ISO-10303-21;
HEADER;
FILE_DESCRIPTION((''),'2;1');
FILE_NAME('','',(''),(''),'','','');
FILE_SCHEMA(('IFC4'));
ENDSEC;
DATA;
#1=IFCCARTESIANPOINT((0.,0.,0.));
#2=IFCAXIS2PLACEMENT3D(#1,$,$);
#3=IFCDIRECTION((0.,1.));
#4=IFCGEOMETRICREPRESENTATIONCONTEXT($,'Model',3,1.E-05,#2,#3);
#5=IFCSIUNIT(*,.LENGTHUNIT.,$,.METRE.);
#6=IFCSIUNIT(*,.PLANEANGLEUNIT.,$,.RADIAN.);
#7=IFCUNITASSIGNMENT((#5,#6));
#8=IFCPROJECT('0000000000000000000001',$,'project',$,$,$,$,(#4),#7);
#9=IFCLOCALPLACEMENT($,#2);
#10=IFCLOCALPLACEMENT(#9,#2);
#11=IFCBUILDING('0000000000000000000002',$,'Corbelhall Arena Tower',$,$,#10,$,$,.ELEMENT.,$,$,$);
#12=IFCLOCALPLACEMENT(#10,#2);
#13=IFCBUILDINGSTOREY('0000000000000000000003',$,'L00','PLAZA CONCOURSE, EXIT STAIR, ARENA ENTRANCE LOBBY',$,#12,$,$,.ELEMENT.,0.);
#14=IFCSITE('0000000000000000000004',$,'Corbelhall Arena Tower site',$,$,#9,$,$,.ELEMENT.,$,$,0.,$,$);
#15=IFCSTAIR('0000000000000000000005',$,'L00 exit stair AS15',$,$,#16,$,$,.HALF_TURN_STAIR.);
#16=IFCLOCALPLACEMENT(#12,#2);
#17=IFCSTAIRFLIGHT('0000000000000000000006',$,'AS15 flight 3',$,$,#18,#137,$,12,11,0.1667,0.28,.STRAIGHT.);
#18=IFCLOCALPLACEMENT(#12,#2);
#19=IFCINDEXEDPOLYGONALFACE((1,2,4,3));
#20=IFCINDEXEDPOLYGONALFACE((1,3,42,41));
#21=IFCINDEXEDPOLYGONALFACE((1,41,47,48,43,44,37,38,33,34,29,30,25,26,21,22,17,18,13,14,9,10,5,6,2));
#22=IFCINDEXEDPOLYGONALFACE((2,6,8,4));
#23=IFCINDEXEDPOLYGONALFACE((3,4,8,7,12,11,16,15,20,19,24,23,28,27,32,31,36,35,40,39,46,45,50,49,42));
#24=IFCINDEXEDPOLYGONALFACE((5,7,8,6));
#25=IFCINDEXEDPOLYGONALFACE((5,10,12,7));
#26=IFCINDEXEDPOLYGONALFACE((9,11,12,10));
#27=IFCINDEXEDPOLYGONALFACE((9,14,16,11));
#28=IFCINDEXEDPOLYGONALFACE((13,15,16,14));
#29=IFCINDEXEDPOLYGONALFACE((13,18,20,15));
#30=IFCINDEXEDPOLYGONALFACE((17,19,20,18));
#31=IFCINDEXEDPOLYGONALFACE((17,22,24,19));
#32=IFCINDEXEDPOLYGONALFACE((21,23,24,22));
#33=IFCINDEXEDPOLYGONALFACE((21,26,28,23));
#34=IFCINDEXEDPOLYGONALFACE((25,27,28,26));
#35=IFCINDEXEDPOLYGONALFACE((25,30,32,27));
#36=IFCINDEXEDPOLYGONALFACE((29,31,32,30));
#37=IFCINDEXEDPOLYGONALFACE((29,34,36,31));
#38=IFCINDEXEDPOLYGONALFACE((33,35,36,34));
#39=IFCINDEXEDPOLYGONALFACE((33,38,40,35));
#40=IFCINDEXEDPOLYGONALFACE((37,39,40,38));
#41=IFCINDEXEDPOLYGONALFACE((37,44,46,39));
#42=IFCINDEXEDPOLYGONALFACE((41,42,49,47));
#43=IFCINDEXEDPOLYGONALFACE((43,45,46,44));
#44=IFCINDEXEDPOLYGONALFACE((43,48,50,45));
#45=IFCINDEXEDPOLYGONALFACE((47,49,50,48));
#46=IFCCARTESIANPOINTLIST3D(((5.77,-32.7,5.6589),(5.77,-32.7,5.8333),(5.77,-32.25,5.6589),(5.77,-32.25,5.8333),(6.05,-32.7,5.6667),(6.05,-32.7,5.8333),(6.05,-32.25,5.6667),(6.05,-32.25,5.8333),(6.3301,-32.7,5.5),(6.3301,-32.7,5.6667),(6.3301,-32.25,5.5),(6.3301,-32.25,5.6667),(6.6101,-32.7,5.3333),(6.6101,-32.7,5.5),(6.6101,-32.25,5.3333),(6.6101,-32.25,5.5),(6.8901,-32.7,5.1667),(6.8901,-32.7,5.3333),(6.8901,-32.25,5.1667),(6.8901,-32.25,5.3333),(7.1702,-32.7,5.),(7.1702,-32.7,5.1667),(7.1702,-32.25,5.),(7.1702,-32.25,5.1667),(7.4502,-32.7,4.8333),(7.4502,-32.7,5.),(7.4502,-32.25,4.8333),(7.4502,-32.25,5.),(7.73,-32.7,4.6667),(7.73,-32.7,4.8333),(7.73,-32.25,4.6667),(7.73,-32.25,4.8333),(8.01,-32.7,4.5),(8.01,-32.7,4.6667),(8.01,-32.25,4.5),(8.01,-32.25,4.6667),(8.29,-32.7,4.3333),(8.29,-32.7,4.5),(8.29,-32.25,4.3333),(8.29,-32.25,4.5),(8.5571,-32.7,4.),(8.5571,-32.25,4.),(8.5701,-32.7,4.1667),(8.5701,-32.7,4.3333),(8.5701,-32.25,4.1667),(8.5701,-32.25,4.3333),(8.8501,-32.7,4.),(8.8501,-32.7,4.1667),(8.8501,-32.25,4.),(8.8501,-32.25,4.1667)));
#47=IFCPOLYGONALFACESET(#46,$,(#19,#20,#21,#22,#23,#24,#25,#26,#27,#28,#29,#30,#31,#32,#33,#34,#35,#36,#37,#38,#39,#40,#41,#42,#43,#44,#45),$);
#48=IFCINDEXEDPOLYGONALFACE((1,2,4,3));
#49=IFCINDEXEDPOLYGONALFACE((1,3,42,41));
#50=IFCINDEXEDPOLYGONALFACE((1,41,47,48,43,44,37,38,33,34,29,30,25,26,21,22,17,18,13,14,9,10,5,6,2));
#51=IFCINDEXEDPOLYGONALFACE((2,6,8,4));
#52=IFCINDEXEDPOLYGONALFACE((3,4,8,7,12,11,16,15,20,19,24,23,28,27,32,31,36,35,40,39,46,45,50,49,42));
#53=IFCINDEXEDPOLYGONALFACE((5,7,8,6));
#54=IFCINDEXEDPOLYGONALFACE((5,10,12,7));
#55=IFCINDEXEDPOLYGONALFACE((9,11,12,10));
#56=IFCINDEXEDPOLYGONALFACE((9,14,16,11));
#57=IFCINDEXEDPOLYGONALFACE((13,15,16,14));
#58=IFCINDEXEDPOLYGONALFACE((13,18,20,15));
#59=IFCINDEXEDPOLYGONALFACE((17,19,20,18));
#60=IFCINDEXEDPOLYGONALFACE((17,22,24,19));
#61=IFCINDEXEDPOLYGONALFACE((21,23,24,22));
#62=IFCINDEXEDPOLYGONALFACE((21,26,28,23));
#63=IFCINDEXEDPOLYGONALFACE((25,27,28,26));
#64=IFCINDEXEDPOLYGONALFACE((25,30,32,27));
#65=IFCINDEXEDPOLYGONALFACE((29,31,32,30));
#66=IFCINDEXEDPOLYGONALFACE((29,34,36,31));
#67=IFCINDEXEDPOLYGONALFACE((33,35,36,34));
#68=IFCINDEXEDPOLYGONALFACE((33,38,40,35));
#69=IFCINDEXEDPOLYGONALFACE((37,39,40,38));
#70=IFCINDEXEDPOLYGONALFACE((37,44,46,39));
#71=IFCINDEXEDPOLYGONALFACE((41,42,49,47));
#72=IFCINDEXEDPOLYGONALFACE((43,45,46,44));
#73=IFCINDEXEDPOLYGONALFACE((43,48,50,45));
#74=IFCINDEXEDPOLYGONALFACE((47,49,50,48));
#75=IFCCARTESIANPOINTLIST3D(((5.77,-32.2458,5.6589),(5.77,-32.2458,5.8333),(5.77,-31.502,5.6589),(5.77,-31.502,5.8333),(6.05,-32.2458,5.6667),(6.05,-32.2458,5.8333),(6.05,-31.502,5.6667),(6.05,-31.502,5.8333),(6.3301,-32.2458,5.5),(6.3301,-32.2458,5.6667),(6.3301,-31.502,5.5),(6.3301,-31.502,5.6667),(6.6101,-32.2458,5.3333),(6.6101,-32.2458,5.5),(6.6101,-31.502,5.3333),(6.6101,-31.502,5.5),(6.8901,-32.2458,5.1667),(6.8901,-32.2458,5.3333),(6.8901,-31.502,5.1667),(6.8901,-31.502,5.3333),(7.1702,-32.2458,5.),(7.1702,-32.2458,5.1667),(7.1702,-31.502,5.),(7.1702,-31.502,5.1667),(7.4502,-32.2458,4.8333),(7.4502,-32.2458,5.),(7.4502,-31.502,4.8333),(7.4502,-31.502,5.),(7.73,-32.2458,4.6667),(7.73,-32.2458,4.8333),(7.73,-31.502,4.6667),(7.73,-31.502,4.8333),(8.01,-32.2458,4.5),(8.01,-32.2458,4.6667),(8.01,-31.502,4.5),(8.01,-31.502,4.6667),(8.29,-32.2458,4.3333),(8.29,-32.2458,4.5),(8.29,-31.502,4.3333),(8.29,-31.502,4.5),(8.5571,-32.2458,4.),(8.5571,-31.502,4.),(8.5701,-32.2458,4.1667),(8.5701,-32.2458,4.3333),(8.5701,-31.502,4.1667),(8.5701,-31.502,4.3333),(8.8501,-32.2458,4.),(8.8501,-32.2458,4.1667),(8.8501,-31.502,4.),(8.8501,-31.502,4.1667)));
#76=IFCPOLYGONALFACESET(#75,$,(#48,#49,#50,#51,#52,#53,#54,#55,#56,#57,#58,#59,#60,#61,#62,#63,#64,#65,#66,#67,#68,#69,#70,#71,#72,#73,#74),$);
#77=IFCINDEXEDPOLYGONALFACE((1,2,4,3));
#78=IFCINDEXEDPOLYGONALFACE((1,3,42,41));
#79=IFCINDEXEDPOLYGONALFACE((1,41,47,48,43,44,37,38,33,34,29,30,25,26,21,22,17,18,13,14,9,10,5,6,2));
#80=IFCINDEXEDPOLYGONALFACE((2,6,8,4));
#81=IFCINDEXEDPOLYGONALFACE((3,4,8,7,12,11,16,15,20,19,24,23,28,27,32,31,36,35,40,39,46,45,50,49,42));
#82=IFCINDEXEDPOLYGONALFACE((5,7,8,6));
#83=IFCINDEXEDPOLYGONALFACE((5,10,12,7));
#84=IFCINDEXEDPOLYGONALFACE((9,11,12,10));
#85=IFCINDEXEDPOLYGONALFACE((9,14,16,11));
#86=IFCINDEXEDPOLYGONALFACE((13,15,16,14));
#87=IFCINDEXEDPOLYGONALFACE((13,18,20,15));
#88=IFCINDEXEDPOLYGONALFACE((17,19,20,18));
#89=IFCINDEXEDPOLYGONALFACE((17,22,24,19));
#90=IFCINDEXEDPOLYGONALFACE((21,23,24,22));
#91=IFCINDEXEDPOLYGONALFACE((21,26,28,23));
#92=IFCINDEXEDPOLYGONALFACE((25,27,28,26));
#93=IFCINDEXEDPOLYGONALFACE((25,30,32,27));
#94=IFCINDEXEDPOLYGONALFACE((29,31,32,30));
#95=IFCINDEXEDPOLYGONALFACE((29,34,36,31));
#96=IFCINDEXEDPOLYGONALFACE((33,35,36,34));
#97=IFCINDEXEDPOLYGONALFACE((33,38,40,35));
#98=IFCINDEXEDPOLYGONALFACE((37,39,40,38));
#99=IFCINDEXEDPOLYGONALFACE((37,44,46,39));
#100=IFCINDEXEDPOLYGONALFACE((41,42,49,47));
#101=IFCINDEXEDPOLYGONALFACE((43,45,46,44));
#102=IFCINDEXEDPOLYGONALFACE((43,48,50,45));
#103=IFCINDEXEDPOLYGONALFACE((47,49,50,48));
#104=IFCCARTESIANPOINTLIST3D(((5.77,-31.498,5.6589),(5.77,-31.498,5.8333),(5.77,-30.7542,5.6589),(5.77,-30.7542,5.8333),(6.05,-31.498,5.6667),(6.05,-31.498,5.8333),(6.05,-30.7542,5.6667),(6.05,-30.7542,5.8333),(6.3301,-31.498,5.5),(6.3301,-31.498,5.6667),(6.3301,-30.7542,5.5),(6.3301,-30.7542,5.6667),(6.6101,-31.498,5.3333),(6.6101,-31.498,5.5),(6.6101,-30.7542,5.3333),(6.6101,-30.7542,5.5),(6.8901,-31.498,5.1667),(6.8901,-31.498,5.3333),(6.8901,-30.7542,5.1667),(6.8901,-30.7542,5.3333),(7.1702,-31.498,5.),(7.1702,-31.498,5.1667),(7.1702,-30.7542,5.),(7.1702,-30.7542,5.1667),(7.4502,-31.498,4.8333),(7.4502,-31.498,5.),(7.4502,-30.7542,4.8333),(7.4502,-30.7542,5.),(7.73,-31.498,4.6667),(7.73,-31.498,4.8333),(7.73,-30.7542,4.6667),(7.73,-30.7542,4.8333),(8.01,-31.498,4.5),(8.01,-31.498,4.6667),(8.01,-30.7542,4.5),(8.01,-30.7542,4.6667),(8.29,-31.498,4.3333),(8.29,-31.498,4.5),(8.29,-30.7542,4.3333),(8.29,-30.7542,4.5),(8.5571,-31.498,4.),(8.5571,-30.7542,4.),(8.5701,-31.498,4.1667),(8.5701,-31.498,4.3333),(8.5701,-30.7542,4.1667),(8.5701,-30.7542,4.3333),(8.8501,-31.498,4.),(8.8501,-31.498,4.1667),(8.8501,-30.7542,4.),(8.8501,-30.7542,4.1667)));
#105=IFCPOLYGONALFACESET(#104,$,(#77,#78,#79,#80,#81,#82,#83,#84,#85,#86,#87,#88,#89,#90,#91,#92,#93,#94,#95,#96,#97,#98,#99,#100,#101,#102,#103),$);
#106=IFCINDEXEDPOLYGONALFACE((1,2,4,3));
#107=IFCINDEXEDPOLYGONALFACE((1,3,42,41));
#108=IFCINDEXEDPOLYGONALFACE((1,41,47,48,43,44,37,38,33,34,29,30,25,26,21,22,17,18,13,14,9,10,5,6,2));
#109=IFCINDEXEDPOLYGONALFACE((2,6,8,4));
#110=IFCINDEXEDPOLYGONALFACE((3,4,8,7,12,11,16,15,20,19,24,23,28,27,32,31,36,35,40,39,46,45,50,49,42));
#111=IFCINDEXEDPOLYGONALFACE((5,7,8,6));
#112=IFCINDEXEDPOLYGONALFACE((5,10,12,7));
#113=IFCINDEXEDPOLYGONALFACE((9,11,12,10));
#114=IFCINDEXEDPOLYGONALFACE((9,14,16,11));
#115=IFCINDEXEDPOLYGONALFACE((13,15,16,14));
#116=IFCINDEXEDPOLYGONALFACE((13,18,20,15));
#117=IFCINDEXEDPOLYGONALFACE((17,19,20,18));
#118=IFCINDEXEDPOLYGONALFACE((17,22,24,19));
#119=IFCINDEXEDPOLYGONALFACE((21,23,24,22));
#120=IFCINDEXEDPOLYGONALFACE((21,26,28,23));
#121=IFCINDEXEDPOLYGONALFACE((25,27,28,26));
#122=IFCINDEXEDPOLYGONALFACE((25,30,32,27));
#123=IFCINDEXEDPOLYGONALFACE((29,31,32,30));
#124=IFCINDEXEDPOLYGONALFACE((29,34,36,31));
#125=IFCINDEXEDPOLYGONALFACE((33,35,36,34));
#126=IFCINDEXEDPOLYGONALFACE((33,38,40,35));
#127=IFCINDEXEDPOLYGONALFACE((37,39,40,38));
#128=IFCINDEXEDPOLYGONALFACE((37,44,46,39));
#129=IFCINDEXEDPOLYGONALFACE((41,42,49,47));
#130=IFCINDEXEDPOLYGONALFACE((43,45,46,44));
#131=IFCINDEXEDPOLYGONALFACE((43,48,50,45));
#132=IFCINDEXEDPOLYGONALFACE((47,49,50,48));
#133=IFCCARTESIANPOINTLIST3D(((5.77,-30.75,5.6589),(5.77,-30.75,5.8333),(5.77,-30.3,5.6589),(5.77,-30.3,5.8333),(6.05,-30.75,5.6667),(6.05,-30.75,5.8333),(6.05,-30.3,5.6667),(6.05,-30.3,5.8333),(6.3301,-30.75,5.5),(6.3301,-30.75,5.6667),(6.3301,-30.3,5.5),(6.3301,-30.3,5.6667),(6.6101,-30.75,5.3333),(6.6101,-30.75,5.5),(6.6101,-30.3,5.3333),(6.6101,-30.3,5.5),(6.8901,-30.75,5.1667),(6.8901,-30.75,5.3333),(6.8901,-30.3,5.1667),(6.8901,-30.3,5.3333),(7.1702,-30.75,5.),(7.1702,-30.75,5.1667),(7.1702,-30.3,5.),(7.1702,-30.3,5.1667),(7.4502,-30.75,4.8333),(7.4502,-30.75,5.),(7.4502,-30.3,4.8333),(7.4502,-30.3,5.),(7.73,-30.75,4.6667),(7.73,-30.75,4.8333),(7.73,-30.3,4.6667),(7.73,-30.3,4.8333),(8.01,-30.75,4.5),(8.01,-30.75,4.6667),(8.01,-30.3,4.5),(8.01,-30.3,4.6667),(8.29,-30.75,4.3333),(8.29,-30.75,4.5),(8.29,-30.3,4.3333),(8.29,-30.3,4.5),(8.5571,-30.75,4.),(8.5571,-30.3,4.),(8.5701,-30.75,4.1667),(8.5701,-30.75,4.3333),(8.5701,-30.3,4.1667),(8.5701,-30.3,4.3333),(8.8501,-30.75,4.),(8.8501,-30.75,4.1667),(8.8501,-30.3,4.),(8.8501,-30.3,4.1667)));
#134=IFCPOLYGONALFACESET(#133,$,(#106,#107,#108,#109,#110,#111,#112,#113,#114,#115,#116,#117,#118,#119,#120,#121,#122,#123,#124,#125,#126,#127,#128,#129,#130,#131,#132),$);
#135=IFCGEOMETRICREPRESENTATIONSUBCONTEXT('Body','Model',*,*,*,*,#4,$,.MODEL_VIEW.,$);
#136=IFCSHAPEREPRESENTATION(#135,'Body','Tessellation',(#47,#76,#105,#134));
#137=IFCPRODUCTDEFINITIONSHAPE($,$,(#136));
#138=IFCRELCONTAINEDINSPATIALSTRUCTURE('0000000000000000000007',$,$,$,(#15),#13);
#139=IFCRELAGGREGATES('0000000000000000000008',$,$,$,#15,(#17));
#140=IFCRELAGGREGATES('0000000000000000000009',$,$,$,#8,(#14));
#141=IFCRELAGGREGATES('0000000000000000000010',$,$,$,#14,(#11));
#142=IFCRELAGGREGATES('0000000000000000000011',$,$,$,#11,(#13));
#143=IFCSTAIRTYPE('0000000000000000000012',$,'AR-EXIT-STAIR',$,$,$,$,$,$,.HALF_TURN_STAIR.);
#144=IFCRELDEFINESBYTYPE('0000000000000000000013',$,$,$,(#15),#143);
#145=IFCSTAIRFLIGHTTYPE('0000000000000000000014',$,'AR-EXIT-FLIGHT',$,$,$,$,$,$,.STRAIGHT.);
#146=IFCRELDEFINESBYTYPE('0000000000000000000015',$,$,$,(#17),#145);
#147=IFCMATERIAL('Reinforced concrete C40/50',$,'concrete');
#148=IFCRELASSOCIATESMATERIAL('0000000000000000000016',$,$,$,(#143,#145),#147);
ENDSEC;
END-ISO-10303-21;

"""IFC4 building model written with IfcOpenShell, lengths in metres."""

from ifc_helpers import new_model, si_unit, direction, frame, origin, place, context, subcontext, project, spatial, polyline, outline, extrude, material, type_object, element, aggregate, save


model = new_model("IFC4")

# Units and contexts
model_context = context("Model", 3, precision=1e-05, world=origin(), true_north=direction((0.0, 1.0)))
body_context = subcontext(model_context, "Body", "Model", "MODEL_VIEW")
ifc_project = project(units=[si_unit("LENGTHUNIT", "METRE"), si_unit("PLANEANGLEUNIT", "RADIAN")], contexts=[model_context])

# Site, building, storey
site_placement = place(None, origin())
site = spatial("IfcSite", under=ifc_project, at=site_placement, Name="Corbelhall Arena Tower site", CompositionType="ELEMENT", RefElevation=0.0)
building_placement = place(site_placement, origin())
building = spatial("IfcBuilding", under=site, at=building_placement, Name="Corbelhall Arena Tower", CompositionType="ELEMENT")
storey_placement = place(building_placement, origin())
storey = spatial("IfcBuildingStorey", under=building, at=storey_placement, Name="L00", Description="PLAZA CONCOURSE, EXIT STAIR, ARENA ENTRANCE LOBBY", CompositionType="ELEMENT", Elevation=0.0)

# Shared definitions
ifc_material_1 = material(Name="Reinforced concrete C40/50", Category="concrete")

# Stair, stair flight
stair_type = type_object("IfcStairType", Name="AR-EXIT-STAIR", PredefinedType="HALF_TURN_STAIR", material=ifc_material_1)
stair_placement = place(storey_placement, origin())
stair = element("IfcStair", 1, at=stair_placement, inside=storey, type_object=stair_type, Name="L00 exit stair AS15", PredefinedType="HALF_TURN_STAIR")
stair_flight_type = type_object("IfcStairFlightType", Name="AR-EXIT-FLIGHT", PredefinedType="STRAIGHT", material=ifc_material_1)
stair_flight_1_placement = place(storey_placement, frame((8.8501, -31.5, 4.0), z_axis=(0.0, 0.0, 1.0), x_axis=(-1.0, 0.0, 0.0)))
stair_flight_1 = element("IfcStairFlight", 2, at=stair_flight_1_placement, type_object=stair_flight_type, Name="AS15 flight 3", NumberOfRisers=12, NumberOfTreads=11, PredefinedType="STRAIGHT", RiserHeight=0.1667, TreadLength=0.28, context=body_context, shape_type="SweptSolid", body=[
    extrude(outline(polyline([(0.0, 0.0), (0.0, 0.1667), (0.28, 0.1667), (0.28, 0.3333), (0.5601, 0.3333), (0.5601, 0.5), (0.8401, 0.5), (0.8401, 0.6667), (1.1201, 0.6667), (1.1201, 0.8333), (1.3999, 0.8333), (1.3999, 1.0), (1.6799, 1.0), (1.6799, 1.1667), (1.96, 1.1667), (1.96, 1.3333), (2.24, 1.3333), (2.24, 1.5), (2.52, 1.5), (2.52, 1.6667), (2.8, 1.6667), (2.8, 1.8333), (3.0801, 1.8333), (3.0801, 2.0), (3.0801, 1.6589), (0.293, 0.0), (0.0, 0.0)])), frame((0.0, 1.2, 0.0), z_axis=(0.0, -1.0, 0.0), x_axis=(1.0, 0.0, 0.0)), (0.0, 0.0, 1.0), 0.45),
    extrude(outline(polyline([(0.0, 0.0), (0.0, 0.1667), (0.28, 0.1667), (0.28, 0.3333), (0.5601, 0.3333), (0.5601, 0.5), (0.8401, 0.5), (0.8401, 0.6667), (1.1201, 0.6667), (1.1201, 0.8333), (1.3999, 0.8333), (1.3999, 1.0), (1.6799, 1.0), (1.6799, 1.1667), (1.96, 1.1667), (1.96, 1.3333), (2.24, 1.3333), (2.24, 1.5), (2.52, 1.5), (2.52, 1.6667), (2.8, 1.6667), (2.8, 1.8333), (3.0801, 1.8333), (3.0801, 2.0), (3.0801, 1.6589), (0.293, 0.0), (0.0, 0.0)])), frame((0.0, 0.7458, 0.0), z_axis=(0.0, -1.0, 0.0), x_axis=(1.0, 0.0, 0.0)), (0.0, 0.0, 1.0), 0.7439),
    extrude(outline(polyline([(0.0, 0.0), (0.0, 0.1667), (0.28, 0.1667), (0.28, 0.3333), (0.5601, 0.3333), (0.5601, 0.5), (0.8401, 0.5), (0.8401, 0.6667), (1.1201, 0.6667), (1.1201, 0.8333), (1.3999, 0.8333), (1.3999, 1.0), (1.6799, 1.0), (1.6799, 1.1667), (1.96, 1.1667), (1.96, 1.3333), (2.24, 1.3333), (2.24, 1.5), (2.52, 1.5), (2.52, 1.6667), (2.8, 1.6667), (2.8, 1.8333), (3.0801, 1.8333), (3.0801, 2.0), (3.0801, 1.6589), (0.293, 0.0), (0.0, 0.0)])), frame((0.0, -0.002, 0.0), z_axis=(0.0, -1.0, 0.0), x_axis=(1.0, 0.0, 0.0)), (0.0, 0.0, 1.0), 0.7439),
    extrude(outline(polyline([(0.0, 0.0), (0.0, 0.1667), (0.28, 0.1667), (0.28, 0.3333), (0.5601, 0.3333), (0.5601, 0.5), (0.8401, 0.5), (0.8401, 0.6667), (1.1201, 0.6667), (1.1201, 0.8333), (1.3999, 0.8333), (1.3999, 1.0), (1.6799, 1.0), (1.6799, 1.1667), (1.96, 1.1667), (1.96, 1.3333), (2.24, 1.3333), (2.24, 1.5), (2.52, 1.5), (2.52, 1.6667), (2.8, 1.6667), (2.8, 1.8333), (3.0801, 1.8333), (3.0801, 2.0), (3.0801, 1.6589), (0.293, 0.0), (0.0, 0.0)])), frame((0.0, -0.75, 0.0), z_axis=(0.0, -1.0, 0.0), x_axis=(1.0, 0.0, 0.0)), (0.0, 0.0, 1.0), 0.45),
])
aggregate(stair, [stair_flight_1])

save(model, "model.ifc")
